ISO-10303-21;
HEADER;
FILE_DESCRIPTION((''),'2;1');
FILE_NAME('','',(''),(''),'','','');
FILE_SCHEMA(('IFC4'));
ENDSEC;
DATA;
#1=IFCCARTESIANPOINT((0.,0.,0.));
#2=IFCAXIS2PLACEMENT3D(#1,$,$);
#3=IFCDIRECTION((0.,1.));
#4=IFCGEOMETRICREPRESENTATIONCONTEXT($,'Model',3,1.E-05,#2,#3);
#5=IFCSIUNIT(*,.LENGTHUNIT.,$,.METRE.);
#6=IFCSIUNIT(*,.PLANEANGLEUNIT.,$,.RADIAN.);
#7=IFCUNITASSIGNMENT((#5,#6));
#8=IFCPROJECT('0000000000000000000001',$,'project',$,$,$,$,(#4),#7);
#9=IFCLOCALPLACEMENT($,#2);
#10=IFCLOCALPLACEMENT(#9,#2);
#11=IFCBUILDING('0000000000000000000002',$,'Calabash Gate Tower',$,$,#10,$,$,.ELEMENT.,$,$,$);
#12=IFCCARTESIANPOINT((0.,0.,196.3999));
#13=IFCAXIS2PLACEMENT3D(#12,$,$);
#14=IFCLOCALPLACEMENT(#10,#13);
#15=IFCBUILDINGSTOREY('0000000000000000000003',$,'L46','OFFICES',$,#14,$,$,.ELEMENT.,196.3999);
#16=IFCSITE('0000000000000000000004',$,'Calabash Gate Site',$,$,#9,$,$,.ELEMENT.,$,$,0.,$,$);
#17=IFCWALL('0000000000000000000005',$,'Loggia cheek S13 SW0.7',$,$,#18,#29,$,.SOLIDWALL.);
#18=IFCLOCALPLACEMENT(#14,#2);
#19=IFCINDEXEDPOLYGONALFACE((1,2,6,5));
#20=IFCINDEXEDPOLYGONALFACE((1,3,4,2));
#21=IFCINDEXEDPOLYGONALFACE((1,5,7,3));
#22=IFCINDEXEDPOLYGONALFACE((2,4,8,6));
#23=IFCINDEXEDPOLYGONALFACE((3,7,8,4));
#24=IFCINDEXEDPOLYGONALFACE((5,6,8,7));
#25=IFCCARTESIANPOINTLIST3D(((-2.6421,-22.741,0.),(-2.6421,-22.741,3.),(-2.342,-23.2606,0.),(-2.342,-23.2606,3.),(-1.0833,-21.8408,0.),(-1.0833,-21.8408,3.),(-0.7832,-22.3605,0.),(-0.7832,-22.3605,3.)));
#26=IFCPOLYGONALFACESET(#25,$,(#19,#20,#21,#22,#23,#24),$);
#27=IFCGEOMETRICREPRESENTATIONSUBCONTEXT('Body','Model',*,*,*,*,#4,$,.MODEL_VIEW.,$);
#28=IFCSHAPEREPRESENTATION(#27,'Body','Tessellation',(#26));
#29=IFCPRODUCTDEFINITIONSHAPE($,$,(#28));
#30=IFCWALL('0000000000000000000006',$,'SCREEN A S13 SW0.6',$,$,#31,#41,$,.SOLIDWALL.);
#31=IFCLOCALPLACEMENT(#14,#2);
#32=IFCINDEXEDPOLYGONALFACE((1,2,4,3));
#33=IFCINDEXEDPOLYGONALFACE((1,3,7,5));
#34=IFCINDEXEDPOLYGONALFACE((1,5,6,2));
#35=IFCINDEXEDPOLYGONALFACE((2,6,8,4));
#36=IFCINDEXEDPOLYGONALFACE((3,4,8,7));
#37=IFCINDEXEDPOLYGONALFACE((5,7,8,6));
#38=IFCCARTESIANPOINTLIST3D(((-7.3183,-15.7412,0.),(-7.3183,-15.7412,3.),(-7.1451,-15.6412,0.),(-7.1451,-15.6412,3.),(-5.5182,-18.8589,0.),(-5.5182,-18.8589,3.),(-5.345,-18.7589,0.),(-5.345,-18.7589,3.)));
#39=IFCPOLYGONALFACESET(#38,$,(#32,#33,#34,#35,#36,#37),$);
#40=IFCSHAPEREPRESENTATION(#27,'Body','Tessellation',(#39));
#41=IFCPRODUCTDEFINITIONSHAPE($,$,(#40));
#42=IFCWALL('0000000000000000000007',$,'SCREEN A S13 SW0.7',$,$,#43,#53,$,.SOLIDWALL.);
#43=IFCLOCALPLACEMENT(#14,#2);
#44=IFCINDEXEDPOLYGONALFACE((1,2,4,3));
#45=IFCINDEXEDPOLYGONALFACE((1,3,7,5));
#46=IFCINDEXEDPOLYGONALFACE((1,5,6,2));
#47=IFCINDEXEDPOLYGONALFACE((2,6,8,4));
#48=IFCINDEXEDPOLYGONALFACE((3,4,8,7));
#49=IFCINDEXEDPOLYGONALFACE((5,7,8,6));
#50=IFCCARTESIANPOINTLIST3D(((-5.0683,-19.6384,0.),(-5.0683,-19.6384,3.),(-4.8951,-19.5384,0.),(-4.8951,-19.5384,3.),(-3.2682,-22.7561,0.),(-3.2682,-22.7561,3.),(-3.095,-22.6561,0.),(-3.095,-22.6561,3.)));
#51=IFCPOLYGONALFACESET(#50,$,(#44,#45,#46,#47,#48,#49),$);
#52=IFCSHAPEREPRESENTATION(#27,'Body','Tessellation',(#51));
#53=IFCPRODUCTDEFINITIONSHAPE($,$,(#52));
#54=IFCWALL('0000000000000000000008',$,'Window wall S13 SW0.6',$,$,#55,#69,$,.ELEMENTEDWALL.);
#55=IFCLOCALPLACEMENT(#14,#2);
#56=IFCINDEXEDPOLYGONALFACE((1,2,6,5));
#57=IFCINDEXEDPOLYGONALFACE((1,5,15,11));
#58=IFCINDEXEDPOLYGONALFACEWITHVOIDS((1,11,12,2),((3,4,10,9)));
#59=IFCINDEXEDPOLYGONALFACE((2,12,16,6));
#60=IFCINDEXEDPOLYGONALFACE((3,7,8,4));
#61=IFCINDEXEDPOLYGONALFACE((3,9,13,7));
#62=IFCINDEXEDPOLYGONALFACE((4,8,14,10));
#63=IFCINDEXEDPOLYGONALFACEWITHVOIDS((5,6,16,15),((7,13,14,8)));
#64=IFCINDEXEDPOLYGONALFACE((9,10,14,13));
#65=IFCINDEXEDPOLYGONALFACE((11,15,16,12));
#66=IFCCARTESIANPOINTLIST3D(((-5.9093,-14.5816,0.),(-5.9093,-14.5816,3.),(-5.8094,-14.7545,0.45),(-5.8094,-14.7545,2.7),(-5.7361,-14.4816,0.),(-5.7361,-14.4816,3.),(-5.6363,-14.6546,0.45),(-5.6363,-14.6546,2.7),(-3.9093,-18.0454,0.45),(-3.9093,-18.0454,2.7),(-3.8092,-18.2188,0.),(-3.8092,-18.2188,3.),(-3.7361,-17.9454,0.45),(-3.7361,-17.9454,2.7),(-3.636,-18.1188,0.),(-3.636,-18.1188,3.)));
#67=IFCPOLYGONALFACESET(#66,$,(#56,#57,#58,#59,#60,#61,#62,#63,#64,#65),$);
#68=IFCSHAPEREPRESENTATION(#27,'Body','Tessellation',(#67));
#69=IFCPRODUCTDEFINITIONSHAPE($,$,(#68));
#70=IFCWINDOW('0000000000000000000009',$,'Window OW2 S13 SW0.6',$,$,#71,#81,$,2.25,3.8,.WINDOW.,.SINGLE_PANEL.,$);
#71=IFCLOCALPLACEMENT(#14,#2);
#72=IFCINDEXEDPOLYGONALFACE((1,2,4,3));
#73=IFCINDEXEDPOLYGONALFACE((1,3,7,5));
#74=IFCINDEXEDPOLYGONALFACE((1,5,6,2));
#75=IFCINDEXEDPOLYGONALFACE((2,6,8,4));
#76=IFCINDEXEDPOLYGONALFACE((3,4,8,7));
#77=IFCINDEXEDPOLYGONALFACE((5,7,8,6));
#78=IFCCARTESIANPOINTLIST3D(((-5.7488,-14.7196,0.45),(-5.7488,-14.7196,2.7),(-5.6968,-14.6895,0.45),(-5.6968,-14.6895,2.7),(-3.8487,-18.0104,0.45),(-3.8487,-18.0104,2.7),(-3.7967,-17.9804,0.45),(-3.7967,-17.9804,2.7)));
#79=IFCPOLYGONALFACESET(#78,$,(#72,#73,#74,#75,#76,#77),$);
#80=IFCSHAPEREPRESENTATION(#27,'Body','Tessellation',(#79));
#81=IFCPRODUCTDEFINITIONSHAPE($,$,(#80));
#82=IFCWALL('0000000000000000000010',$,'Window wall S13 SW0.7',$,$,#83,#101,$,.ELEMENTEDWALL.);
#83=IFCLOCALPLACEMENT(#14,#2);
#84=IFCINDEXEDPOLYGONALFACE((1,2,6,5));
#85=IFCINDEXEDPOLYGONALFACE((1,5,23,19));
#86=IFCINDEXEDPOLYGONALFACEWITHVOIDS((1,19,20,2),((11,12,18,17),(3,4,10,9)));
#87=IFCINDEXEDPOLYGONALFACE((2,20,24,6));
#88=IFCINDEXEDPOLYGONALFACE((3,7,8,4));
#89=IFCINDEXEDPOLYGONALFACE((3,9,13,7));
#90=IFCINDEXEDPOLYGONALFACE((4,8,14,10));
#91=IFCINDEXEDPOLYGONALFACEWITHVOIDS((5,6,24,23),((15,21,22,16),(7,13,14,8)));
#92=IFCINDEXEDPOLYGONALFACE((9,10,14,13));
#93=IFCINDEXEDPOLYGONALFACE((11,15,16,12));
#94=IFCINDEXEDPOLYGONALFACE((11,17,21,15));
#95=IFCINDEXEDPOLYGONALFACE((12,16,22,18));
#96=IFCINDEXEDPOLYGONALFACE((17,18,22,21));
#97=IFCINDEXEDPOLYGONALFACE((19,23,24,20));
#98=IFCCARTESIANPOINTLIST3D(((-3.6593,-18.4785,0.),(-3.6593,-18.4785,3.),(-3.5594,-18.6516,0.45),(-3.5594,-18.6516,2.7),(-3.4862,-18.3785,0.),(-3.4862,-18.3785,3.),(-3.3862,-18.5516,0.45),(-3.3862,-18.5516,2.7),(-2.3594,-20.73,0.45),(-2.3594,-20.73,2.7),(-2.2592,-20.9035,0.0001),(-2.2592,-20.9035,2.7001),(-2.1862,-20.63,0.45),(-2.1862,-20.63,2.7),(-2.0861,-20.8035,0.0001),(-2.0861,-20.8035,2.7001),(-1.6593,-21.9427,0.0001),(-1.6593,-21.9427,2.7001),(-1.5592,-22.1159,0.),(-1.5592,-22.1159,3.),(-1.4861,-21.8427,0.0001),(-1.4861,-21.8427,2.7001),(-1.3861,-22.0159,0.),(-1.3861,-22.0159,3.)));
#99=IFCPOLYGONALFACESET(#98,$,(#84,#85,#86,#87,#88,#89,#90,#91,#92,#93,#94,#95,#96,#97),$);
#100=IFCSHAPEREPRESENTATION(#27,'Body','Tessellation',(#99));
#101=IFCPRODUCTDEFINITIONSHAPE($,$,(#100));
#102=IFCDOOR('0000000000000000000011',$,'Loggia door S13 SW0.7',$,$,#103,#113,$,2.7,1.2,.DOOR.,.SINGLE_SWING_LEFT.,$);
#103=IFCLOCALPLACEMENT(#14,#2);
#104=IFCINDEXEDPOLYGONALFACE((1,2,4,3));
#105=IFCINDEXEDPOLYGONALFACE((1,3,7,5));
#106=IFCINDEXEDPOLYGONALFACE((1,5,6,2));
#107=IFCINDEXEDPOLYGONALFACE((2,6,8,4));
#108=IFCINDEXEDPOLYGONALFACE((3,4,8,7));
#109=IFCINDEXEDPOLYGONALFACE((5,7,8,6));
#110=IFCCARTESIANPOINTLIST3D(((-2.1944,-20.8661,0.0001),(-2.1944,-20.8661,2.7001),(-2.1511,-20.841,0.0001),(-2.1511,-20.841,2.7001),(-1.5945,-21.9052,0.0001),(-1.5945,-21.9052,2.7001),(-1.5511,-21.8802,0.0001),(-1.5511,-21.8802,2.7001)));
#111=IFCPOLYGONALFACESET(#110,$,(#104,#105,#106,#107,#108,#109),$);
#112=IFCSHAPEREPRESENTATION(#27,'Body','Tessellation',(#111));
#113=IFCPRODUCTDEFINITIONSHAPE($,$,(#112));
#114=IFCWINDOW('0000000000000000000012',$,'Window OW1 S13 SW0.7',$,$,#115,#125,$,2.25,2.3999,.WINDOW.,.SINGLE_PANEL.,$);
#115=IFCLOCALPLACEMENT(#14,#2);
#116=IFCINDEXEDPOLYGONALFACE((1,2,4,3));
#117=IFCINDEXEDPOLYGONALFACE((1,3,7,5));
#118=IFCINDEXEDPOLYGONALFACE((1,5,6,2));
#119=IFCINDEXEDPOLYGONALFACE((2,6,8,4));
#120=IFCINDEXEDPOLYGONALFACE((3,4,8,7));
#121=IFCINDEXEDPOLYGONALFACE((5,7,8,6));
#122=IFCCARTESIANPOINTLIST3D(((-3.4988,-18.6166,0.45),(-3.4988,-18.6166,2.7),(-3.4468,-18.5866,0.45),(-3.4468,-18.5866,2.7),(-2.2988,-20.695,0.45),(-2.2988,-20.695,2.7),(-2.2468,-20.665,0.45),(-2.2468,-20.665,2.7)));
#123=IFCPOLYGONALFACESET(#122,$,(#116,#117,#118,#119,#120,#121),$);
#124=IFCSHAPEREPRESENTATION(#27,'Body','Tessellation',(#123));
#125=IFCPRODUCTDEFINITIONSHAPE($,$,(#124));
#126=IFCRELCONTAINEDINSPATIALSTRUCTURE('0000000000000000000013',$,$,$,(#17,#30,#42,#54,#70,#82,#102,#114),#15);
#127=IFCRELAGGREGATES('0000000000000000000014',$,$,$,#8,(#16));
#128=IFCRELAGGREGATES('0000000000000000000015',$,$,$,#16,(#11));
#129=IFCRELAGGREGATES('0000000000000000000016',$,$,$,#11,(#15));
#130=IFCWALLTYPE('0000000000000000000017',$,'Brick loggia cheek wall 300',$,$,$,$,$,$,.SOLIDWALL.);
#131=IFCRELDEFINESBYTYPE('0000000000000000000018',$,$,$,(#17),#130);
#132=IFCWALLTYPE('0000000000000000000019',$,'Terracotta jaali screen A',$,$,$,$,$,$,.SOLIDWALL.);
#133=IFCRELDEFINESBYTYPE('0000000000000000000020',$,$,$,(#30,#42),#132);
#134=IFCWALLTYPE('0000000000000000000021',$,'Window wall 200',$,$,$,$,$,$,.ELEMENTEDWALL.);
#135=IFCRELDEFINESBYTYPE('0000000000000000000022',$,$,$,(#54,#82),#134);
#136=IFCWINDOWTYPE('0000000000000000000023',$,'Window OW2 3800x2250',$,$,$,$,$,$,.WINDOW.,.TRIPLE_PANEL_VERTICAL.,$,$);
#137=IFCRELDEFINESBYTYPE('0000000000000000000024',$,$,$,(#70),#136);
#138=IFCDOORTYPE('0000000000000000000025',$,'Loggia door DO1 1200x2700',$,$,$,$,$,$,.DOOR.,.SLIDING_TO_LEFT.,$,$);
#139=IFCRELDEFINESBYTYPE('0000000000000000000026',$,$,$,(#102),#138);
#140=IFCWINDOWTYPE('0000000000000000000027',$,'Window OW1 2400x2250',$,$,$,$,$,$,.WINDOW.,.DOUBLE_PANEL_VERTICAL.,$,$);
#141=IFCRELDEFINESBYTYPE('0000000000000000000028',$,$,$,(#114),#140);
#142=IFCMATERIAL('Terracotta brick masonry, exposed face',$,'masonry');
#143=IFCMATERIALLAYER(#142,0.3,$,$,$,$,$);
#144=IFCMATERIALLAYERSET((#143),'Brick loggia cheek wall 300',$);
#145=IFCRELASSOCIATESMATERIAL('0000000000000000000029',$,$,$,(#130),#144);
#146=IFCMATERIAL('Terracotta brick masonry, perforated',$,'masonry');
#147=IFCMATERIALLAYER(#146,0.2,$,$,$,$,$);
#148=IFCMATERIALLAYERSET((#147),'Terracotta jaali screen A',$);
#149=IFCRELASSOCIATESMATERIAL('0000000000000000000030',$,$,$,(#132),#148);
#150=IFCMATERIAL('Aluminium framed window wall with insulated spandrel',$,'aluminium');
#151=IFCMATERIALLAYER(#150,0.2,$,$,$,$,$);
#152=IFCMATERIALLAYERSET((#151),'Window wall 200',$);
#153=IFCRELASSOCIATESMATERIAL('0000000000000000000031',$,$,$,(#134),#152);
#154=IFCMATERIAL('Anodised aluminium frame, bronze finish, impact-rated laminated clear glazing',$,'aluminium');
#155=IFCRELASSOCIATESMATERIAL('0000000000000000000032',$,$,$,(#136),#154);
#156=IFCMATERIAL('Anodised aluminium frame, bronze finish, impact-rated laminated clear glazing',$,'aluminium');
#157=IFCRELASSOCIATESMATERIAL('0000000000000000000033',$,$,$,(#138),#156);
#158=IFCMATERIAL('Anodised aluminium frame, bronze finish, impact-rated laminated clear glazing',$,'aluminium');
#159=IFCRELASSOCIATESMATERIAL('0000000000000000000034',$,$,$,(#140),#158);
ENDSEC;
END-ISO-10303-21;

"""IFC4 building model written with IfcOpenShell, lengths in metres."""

from ifc_helpers import new_model, si_unit, direction, frame, frame_2d, origin, place, context, subcontext, project, spatial, rectangle, extrude, material, layer, layer_set, type_object, element, fill, save


model = new_model("IFC4")

# Units and contexts
model_context = context("Model", 3, precision=1e-05, world=origin(), true_north=direction((0.0, 1.0)))
body_context = subcontext(model_context, "Body", "Model", "MODEL_VIEW")
ifc_project = project(units=[si_unit("LENGTHUNIT", "METRE"), si_unit("PLANEANGLEUNIT", "RADIAN")], contexts=[model_context])

# Site, building, storey
site_placement = place(None, origin())
site = spatial("IfcSite", under=ifc_project, at=site_placement, Name="Calabash Gate Site", CompositionType="ELEMENT", RefElevation=0.0)
building_placement = place(site_placement, origin())
building = spatial("IfcBuilding", under=site, at=building_placement, Name="Calabash Gate Tower", CompositionType="ELEMENT")
storey_placement = place(building_placement, frame((0.0, 0.0, 196.3999)))
storey = spatial("IfcBuildingStorey", under=building, at=storey_placement, Name="L46", Description="OFFICES", CompositionType="ELEMENT", Elevation=196.3999)

# Walls
ifc_material_1 = material(Name="Terracotta brick masonry, exposed face", Category="masonry")
ifc_layer_1 = layer(ifc_material_1, 0.3)
ifc_layer_set_1 = layer_set([ifc_layer_1], Name="Brick loggia cheek wall 300")
wall_type_1 = type_object("IfcWallType", Name="Brick loggia cheek wall 300", PredefinedType="SOLIDWALL", material=ifc_layer_set_1)
wall_1_placement = place(storey_placement, frame((-2.4919, -23.0007, 0.0), z_axis=(0.0, 0.0, 1.0), x_axis=(0.865989, 0.500063, 0.0)))
element("IfcWall", 1, at=wall_1_placement, inside=storey, type_object=wall_type_1, Name="Loggia cheek S13 SW0.7", PredefinedType="SOLIDWALL", context=body_context, shape_type="SweptSolid", body=[
    extrude(rectangle(XDim=1.8, YDim=0.6001, at=frame_2d((0.8999, 0.0))), origin(), (0.0, 0.0, 1.0), 3.0),
])
ifc_material_2 = material(Name="Terracotta brick masonry, perforated", Category="masonry")
ifc_layer_2 = layer(ifc_material_2, 0.2)
ifc_layer_set_2 = layer_set([ifc_layer_2], Name="Terracotta jaali screen A")
wall_type_2 = type_object("IfcWallType", Name="Terracotta jaali screen A", PredefinedType="SOLIDWALL", material=ifc_layer_set_2)
for number, where, z_axis, x_axis, name in (
    (2, (-7.2317, -15.6912, 0.0), (0.0, 0.0, 1.0), (0.500012, -0.866018, 0.0), "SCREEN A S13 SW0.6"),
    (3, (-4.9817, -19.5884, 0.0), (0.0, 0.0, 1.0), (0.500012, -0.866018, 0.0), "SCREEN A S13 SW0.7"),
):
    element("IfcWall", number, at=place(storey_placement, frame(where, z_axis=z_axis, x_axis=x_axis)), inside=storey, type_object=wall_type_2, Name=name, PredefinedType="SOLIDWALL", context=body_context, shape_type="SweptSolid", body=[
        extrude(rectangle(XDim=3.6001, YDim=0.2, at=frame_2d((1.8, 0.0))), origin(), (0.0, 0.0, 1.0), 3.0),
    ])

# Wall, opening, window
ifc_material_3 = material(Name="Aluminium framed window wall with insulated spandrel", Category="aluminium")
ifc_layer_3 = layer(ifc_material_3, 0.2)
ifc_layer_set_3 = layer_set([ifc_layer_3], Name="Window wall 200")
wall_type_3 = type_object("IfcWallType", Name="Window wall 200", PredefinedType="ELEMENTEDWALL", material=ifc_layer_set_3)
wall_2_placement = place(storey_placement, frame((-5.8228, -14.5315, 0.0), z_axis=(0.0, 0.0, 1.0), x_axis=(0.500028, -0.866009, 0.0)))
wall_2 = element("IfcWall", 4, at=wall_2_placement, inside=storey, type_object=wall_type_3, Name="Window wall S13 SW0.6", PredefinedType="ELEMENTEDWALL", context=body_context, shape_type="SweptSolid", body=[
    extrude(rectangle(XDim=4.2, YDim=0.2, at=frame_2d((2.1001, 0.0))), origin(), (0.0, 0.0, 1.0), 3.0),
])
opening_1_placement = place(wall_2_placement, frame((0.2, 0.0, 0.45)))
opening_1 = element("IfcOpeningElement", 5, at=opening_1_placement, cuts=wall_2, PredefinedType="OPENING", context=body_context, shape_type="SweptSolid", body=[
    extrude(rectangle(XDim=3.8, YDim=2.25, at=frame_2d((1.8999, 1.125))), frame((0.0, 0.1099, 0.0), z_axis=(0.0, -1.0, 0.0), x_axis=(1.0, 0.0, 0.0)), (0.0, 0.0, 1.0), 0.22),
])
ifc_material_4 = material(Name="Anodised aluminium frame, bronze finish, impact-rated laminated clear glazing", Category="aluminium")
window_type_1 = type_object("IfcWindowType", Name="Window OW2 3800x2250", PartitioningType="TRIPLE_PANEL_VERTICAL", PredefinedType="WINDOW", material=ifc_material_4)
window_1_placement = place(opening_1_placement, origin())
window_1 = element("IfcWindow", 6, at=window_1_placement, inside=storey, type_object=window_type_1, Name="Window OW2 S13 SW0.6", OverallHeight=2.25, OverallWidth=3.8, PartitioningType="SINGLE_PANEL", PredefinedType="WINDOW", context=body_context, shape_type="SweptSolid", body=[
    extrude(rectangle(XDim=3.8, YDim=2.25, at=frame_2d((1.8999, 1.125))), frame((0.0, 0.03, 0.0), z_axis=(0.0, -1.0, 0.0), x_axis=(1.0, 0.0, 0.0)), (0.0, 0.0, 1.0), 0.0601),
])
fill(opening_1, window_1)

# Wall, openings, door, window
wall_3_placement = place(storey_placement, frame((-3.5728, -18.4285, 0.0), z_axis=(0.0, 0.0, 1.0), x_axis=(0.500003, -0.866024, 0.0)))
wall_3 = element("IfcWall", 7, at=wall_3_placement, inside=storey, type_object=wall_type_3, Name="Window wall S13 SW0.7", PredefinedType="ELEMENTEDWALL", context=body_context, shape_type="SweptSolid", body=[
    extrude(rectangle(XDim=4.2002, YDim=0.2, at=frame_2d((2.1001, 0.0))), origin(), (0.0, 0.0, 1.0), 3.0),
])
opening_2_placement = place(wall_3_placement, frame((0.2, 0.0, 0.45)))
opening_2 = element("IfcOpeningElement", 8, at=opening_2_placement, cuts=wall_3, PredefinedType="OPENING", context=body_context, shape_type="SweptSolid", body=[
    extrude(rectangle(XDim=2.3999, YDim=2.25, at=frame_2d((1.2, 1.125))), frame((0.0, 0.1099, 0.0), z_axis=(0.0, -1.0, 0.0), x_axis=(1.0, 0.0, 0.0)), (0.0, 0.0, 1.0), 0.22),
])
opening_3_placement = place(wall_3_placement, frame((2.8, 0.0, 0.0)))
opening_3 = element("IfcOpeningElement", 9, at=opening_3_placement, cuts=wall_3, PredefinedType="OPENING", context=body_context, shape_type="SweptSolid", body=[
    extrude(rectangle(XDim=1.2, YDim=2.7, at=frame_2d((0.6001, 1.3501))), frame((0.0, 0.1099, 0.0), z_axis=(0.0, -1.0, 0.0), x_axis=(1.0, 0.0, 0.0)), (0.0, 0.0, 1.0), 0.22),
])
ifc_material_5 = material(Name="Anodised aluminium frame, bronze finish, impact-rated laminated clear glazing", Category="aluminium")
door_type = type_object("IfcDoorType", Name="Loggia door DO1 1200x2700", OperationType="SLIDING_TO_LEFT", PredefinedType="DOOR", material=ifc_material_5)
door_placement = place(opening_3_placement, origin())
door = element("IfcDoor", 10, at=door_placement, inside=storey, type_object=door_type, Name="Loggia door S13 SW0.7", OperationType="SINGLE_SWING_LEFT", OverallHeight=2.7, OverallWidth=1.2, PredefinedType="DOOR", context=body_context, shape_type="SweptSolid", body=[
    extrude(rectangle(XDim=1.2, YDim=2.7, at=frame_2d((0.6001, 1.3501))), frame((0.0, 0.0249, 0.0), z_axis=(0.0, -1.0, 0.0), x_axis=(1.0, 0.0, 0.0)), (0.0, 0.0, 1.0), 0.05),
])
fill(opening_3, door)
ifc_material_6 = material(Name="Anodised aluminium frame, bronze finish, impact-rated laminated clear glazing", Category="aluminium")
window_type_2 = type_object("IfcWindowType", Name="Window OW1 2400x2250", PartitioningType="DOUBLE_PANEL_VERTICAL", PredefinedType="WINDOW", material=ifc_material_6)
window_2_placement = place(opening_2_placement, origin())
window_2 = element("IfcWindow", 11, at=window_2_placement, inside=storey, type_object=window_type_2, Name="Window OW1 S13 SW0.7", OverallHeight=2.25, OverallWidth=2.3999, PartitioningType="SINGLE_PANEL", PredefinedType="WINDOW", context=body_context, shape_type="SweptSolid", body=[
    extrude(rectangle(XDim=2.3999, YDim=2.25, at=frame_2d((1.2, 1.125))), frame((0.0, 0.03, 0.0), z_axis=(0.0, -1.0, 0.0), x_axis=(1.0, 0.0, 0.0)), (0.0, 0.0, 1.0), 0.0601),
])
fill(opening_2, window_2)

save(model, "model.ifc")
